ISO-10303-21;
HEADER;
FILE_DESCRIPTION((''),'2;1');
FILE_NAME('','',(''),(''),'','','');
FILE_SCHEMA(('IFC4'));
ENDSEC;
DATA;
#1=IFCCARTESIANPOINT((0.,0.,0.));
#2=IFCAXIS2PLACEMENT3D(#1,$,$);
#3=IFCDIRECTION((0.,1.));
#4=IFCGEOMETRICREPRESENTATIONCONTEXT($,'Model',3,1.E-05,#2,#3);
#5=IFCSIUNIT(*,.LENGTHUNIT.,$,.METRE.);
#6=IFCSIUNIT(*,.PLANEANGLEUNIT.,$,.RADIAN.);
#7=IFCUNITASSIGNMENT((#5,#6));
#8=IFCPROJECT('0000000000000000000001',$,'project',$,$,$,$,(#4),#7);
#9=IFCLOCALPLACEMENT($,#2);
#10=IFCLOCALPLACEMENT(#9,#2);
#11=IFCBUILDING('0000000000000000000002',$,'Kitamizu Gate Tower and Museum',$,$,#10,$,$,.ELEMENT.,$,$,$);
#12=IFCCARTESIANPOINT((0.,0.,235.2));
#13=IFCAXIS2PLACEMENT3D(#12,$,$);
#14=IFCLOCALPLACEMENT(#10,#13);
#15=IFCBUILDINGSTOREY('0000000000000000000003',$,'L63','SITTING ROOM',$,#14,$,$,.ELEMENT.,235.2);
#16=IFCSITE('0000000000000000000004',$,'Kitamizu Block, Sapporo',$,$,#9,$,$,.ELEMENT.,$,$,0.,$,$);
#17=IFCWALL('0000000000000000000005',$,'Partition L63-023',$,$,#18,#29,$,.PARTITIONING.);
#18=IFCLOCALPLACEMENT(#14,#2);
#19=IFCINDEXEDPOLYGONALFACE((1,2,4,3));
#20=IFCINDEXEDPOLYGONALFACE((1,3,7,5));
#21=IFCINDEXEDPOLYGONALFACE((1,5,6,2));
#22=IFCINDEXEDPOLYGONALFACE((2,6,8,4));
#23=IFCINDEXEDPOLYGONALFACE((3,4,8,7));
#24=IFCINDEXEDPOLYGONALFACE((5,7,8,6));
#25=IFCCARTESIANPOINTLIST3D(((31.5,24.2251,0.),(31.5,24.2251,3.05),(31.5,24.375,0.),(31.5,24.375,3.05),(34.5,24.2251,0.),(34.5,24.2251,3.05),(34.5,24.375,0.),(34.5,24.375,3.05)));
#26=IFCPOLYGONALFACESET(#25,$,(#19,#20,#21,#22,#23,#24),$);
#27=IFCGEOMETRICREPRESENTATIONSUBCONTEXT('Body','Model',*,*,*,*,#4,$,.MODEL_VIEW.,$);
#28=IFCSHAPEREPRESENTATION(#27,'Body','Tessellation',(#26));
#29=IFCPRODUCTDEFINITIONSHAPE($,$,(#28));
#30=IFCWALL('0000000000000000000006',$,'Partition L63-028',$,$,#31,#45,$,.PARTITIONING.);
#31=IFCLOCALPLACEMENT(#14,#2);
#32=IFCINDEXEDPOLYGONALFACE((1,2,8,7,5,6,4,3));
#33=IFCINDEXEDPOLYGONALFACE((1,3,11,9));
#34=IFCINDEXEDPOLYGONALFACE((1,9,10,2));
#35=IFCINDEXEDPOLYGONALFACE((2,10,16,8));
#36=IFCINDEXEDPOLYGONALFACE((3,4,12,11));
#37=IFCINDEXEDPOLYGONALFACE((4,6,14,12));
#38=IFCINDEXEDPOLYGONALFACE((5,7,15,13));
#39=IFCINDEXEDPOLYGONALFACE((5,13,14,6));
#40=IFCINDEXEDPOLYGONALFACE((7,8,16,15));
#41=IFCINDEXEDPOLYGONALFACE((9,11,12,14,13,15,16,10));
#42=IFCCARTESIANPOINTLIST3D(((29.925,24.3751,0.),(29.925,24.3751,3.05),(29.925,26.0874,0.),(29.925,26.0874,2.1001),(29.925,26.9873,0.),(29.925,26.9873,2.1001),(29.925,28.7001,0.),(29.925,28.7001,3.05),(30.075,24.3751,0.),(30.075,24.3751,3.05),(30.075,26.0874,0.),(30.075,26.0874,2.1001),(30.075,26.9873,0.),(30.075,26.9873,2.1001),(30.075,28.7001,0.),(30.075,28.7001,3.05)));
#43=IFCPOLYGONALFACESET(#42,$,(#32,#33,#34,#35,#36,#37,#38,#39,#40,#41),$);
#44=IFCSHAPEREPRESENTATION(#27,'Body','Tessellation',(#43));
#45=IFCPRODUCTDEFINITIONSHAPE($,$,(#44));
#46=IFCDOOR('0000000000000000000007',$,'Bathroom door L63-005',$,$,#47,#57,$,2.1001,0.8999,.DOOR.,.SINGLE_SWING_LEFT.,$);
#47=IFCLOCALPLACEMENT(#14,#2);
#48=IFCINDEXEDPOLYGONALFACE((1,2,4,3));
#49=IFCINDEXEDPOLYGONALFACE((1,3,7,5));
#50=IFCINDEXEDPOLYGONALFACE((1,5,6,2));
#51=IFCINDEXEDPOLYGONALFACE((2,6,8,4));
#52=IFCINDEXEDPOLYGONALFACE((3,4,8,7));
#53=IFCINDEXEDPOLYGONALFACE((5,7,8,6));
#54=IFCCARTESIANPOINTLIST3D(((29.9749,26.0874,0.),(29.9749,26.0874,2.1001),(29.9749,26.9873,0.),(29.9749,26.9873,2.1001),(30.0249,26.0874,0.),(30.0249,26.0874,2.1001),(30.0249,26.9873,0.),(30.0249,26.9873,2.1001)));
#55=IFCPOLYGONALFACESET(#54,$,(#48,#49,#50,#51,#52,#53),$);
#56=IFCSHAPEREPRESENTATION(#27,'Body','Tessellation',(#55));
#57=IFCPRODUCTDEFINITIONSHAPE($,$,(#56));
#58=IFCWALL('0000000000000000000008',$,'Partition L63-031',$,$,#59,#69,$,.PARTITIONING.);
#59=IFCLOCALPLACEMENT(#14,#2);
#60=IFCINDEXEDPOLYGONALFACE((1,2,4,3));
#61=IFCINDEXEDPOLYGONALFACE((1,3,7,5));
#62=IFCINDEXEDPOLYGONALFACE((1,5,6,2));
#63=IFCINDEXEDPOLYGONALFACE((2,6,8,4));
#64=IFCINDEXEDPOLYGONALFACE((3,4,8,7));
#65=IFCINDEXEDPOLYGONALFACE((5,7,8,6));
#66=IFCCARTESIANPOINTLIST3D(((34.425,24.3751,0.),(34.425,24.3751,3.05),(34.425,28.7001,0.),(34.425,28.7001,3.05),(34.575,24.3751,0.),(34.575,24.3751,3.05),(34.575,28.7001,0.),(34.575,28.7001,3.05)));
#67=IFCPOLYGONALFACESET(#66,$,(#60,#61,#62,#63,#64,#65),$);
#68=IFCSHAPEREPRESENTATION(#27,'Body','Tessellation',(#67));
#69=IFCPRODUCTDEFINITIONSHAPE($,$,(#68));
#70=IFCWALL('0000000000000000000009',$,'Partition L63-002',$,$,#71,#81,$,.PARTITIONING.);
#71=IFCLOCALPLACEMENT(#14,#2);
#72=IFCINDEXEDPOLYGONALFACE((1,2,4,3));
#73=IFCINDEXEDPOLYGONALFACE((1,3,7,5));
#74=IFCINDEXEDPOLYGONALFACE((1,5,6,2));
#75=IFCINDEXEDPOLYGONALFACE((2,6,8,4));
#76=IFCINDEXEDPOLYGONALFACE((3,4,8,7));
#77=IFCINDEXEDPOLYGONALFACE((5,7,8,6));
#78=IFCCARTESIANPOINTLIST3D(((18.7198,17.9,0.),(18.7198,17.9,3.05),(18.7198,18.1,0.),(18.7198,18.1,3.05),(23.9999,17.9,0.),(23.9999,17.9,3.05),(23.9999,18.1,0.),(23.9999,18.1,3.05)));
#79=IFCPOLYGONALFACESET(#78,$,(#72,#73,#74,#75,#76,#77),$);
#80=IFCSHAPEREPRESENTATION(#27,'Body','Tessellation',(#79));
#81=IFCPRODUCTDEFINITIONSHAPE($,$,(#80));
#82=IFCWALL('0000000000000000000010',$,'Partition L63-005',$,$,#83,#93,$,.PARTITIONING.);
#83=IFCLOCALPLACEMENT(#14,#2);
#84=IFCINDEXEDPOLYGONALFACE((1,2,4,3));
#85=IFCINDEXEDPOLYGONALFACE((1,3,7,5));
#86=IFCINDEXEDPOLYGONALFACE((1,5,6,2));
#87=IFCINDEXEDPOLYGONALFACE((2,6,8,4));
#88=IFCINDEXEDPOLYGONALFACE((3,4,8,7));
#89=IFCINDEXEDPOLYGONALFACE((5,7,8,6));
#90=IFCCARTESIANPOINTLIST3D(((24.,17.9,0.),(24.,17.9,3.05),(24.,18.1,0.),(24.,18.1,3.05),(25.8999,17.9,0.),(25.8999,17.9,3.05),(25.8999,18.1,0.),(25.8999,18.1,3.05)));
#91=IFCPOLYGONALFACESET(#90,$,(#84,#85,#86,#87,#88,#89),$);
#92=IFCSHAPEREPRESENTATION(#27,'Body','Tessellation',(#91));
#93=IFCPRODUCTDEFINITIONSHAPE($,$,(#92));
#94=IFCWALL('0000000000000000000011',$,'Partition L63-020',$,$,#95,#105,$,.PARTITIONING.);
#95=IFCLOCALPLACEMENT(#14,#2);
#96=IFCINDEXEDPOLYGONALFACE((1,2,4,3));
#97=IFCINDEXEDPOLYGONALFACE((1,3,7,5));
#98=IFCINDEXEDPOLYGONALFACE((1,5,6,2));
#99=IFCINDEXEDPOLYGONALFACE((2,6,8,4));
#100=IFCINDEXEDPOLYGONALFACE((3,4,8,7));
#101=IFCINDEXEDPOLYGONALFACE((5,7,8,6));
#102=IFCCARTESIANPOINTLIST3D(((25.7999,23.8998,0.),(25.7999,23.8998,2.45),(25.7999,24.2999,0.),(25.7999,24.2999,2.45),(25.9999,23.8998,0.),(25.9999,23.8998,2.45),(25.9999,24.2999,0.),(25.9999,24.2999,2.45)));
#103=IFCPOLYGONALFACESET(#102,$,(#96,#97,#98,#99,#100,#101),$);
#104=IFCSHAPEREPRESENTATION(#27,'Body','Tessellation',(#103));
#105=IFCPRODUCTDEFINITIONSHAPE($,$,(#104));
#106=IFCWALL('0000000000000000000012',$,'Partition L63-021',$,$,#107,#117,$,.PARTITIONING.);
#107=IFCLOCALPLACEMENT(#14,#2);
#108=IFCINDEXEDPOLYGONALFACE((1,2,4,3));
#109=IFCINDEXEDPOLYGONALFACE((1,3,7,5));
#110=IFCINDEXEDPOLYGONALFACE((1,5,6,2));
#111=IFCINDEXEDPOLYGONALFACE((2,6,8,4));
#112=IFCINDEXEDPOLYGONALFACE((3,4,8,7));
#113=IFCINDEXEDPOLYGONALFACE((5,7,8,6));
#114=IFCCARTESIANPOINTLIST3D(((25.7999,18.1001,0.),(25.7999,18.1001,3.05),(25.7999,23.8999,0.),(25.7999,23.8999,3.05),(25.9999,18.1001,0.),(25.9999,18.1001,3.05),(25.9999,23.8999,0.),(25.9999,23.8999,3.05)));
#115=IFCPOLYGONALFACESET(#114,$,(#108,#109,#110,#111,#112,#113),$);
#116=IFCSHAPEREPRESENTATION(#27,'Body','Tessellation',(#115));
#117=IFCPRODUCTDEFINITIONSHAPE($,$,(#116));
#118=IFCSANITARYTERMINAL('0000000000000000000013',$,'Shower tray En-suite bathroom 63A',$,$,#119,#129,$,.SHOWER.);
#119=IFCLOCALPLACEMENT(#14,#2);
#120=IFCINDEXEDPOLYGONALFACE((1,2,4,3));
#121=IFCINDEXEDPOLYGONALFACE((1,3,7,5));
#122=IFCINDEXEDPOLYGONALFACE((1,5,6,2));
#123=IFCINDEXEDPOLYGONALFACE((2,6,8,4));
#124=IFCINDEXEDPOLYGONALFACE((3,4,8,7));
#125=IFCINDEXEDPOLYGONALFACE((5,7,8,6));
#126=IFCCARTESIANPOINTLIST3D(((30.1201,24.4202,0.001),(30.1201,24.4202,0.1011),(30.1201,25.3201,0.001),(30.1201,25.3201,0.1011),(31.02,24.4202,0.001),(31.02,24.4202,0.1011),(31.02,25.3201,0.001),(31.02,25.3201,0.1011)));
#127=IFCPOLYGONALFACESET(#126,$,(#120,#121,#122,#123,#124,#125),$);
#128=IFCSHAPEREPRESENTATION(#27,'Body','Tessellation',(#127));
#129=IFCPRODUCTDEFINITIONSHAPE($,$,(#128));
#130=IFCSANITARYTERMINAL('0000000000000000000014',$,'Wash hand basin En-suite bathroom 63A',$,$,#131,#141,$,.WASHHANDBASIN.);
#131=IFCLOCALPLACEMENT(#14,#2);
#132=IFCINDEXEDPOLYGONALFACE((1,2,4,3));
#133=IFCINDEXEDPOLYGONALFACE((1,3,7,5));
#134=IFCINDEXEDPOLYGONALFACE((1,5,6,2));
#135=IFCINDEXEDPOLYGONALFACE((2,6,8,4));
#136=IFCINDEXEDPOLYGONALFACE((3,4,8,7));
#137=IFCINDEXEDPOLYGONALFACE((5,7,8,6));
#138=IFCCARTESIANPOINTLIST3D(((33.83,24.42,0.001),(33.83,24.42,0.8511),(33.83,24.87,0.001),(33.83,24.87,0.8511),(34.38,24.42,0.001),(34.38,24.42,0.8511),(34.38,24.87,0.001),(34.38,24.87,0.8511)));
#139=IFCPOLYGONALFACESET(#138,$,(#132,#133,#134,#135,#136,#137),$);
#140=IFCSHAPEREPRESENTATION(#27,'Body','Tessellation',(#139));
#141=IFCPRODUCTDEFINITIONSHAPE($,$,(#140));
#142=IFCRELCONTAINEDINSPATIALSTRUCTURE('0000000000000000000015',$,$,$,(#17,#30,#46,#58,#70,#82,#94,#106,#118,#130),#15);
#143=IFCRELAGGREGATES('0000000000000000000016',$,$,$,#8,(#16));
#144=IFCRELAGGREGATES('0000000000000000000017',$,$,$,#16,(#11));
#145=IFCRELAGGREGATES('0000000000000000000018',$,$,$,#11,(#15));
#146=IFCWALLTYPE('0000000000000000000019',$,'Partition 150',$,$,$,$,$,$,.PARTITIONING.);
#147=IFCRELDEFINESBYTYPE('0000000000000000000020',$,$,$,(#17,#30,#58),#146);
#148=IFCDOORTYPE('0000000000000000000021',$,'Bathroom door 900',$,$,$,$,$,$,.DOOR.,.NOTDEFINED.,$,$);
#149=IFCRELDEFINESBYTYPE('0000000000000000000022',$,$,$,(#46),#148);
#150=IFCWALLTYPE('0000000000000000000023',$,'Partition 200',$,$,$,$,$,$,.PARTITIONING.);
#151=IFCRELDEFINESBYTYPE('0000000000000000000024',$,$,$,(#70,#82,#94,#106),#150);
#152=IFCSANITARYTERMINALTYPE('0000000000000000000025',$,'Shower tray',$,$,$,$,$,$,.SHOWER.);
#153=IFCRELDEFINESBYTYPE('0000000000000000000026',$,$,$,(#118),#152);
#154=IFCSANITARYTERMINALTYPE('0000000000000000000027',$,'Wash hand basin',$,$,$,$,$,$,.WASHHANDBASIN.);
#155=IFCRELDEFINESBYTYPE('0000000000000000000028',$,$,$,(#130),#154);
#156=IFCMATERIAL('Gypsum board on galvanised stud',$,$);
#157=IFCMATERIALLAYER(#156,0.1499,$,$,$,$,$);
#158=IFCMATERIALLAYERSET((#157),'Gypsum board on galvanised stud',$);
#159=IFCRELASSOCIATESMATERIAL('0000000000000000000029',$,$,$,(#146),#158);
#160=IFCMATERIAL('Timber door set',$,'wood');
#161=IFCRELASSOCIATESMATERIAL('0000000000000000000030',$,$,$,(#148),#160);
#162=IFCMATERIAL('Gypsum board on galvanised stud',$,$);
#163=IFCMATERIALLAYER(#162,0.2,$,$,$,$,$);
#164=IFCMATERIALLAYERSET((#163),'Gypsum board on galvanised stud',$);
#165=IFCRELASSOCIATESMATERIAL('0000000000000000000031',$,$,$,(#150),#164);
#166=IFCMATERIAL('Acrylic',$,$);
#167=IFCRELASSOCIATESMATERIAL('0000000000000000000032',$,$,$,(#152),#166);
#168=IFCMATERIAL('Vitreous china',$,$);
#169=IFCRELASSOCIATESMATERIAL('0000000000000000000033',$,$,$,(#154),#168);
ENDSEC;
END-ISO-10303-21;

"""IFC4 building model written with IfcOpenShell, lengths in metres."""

from ifc_helpers import new_model, si_unit, direction, frame, frame_2d, origin, origin_2d, place, context, subcontext, project, spatial, rectangle, extrude, material, layer, layer_set, type_object, element, fill, save


model = new_model("IFC4")

# Units and contexts
model_context = context("Model", 3, precision=1e-05, world=origin(), true_north=direction((0.0, 1.0)))
body_context = subcontext(model_context, "Body", "Model", "MODEL_VIEW")
ifc_project = project(units=[si_unit("LENGTHUNIT", "METRE"), si_unit("PLANEANGLEUNIT", "RADIAN")], contexts=[model_context])

# Site, building, storey
site_placement = place(None, origin())
site = spatial("IfcSite", under=ifc_project, at=site_placement, Name="Kitamizu Block, Sapporo", CompositionType="ELEMENT", RefElevation=0.0)
building_placement = place(site_placement, origin())
building = spatial("IfcBuilding", under=site, at=building_placement, Name="Kitamizu Gate Tower and Museum", CompositionType="ELEMENT")
storey_placement = place(building_placement, frame((0.0, 0.0, 235.2)))
storey = spatial("IfcBuildingStorey", under=building, at=storey_placement, Name="L63", Description="SITTING ROOM", CompositionType="ELEMENT", Elevation=235.2)

# Wall
ifc_material_1 = material(Name="Gypsum board on galvanised stud")
ifc_layer_1 = layer(ifc_material_1, 0.1499)
ifc_layer_set_1 = layer_set([ifc_layer_1], Name="Gypsum board on galvanised stud")
wall_type_1 = type_object("IfcWallType", Name="Partition 150", PredefinedType="PARTITIONING", material=ifc_layer_set_1)
wall_1_placement = place(storey_placement, frame((34.5, 24.3, 0.0), z_axis=(0.0, 0.0, 1.0), x_axis=(-1.0, 0.0, 0.0)))
element("IfcWall", 1, at=wall_1_placement, inside=storey, type_object=wall_type_1, Name="Partition L63-023", PredefinedType="PARTITIONING", context=body_context, shape_type="SweptSolid", body=[
    extrude(rectangle(XDim=3.0, YDim=0.1499, at=frame_2d((1.5, 0.0))), origin(), (0.0, 0.0, 1.0), 3.05),
])

# Wall, opening, door
wall_2_placement = place(storey_placement, frame((30.0, 24.375, 0.0), z_axis=(0.0, 0.0, 1.0), x_axis=(0.0, 1.0, 0.0)))
wall_2 = element("IfcWall", 2, at=wall_2_placement, inside=storey, type_object=wall_type_1, Name="Partition L63-028", PredefinedType="PARTITIONING", context=body_context, shape_type="SweptSolid", body=[
    extrude(rectangle(XDim=4.325, YDim=0.1499, at=frame_2d((2.1626, 0.0))), origin(), (0.0, 0.0, 1.0), 3.05),
])
opening_1_placement = place(wall_2_placement, frame((1.7124, 0.0, 0.0)))
opening_1 = element("IfcOpeningElement", 3, at=opening_1_placement, cuts=wall_2, PredefinedType="OPENING", context=body_context, shape_type="SweptSolid", body=[
    extrude(rectangle(XDim=0.8999, YDim=2.1001, at=frame_2d((0.45, 1.05))), frame((0.0, 0.085, 0.0), z_axis=(0.0, -1.0, 0.0), x_axis=(1.0, 0.0, 0.0)), (0.0, 0.0, 1.0), 0.1699),
])
ifc_material_2 = material(Name="Timber door set", Category="wood")
door_type_1 = type_object("IfcDoorType", Name="Bathroom door 900", OperationType="NOTDEFINED", PredefinedType="DOOR", material=ifc_material_2)
door_1_placement = place(opening_1_placement, frame((0.8999, 0.0, 0.0), x_axis=(-1.0, 0.0, 0.0)))
door_1 = element("IfcDoor", 4, at=door_1_placement, inside=storey, type_object=door_type_1, Name="Bathroom door L63-005", OperationType="SINGLE_SWING_LEFT", OverallHeight=2.1001, OverallWidth=0.8999, PredefinedType="DOOR", context=body_context, shape_type="SweptSolid", body=[
    extrude(rectangle(XDim=0.8999, YDim=2.1001, at=frame_2d((0.45, 1.05))), frame((0.0, 0.0249, 0.0), z_axis=(0.0, -1.0, 0.0), x_axis=(1.0, 0.0, 0.0)), (0.0, 0.0, 1.0), 0.05),
])
fill(opening_1, door_1)

# Walls
wall_3_placement = place(storey_placement, frame((34.5, 24.375, 0.0), z_axis=(0.0, 0.0, 1.0), x_axis=(0.0, 1.0, 0.0)))
element("IfcWall", 5, at=wall_3_placement, inside=storey, type_object=wall_type_1, Name="Partition L63-031", PredefinedType="PARTITIONING", context=body_context, shape_type="SweptSolid", body=[
    extrude(rectangle(XDim=4.325, YDim=0.1499, at=frame_2d((2.1626, 0.0))), origin(), (0.0, 0.0, 1.0), 3.05),
])
ifc_material_3 = material(Name="Gypsum board on galvanised stud")
ifc_layer_2 = layer(ifc_material_3, 0.2)
ifc_layer_set_2 = layer_set([ifc_layer_2], Name="Gypsum board on galvanised stud")
wall_type_2 = type_object("IfcWallType", Name="Partition 200", PredefinedType="PARTITIONING", material=ifc_layer_set_2)
wall_4_placement = place(storey_placement, frame((24.0, 18.0, 0.0), z_axis=(0.0, 0.0, 1.0), x_axis=(-1.0, 0.0, 0.0)))
element("IfcWall", 6, at=wall_4_placement, inside=storey, type_object=wall_type_2, Name="Partition L63-002", PredefinedType="PARTITIONING", context=body_context, shape_type="SweptSolid", body=[
    extrude(rectangle(XDim=5.28, YDim=0.2, at=frame_2d((2.6401, 0.0))), origin(), (0.0, 0.0, 1.0), 3.05),
])
wall_5_placement = place(storey_placement, frame((25.8999, 18.0, 0.0), z_axis=(0.0, 0.0, 1.0), x_axis=(-1.0, 0.0, 0.0)))
element("IfcWall", 7, at=wall_5_placement, inside=storey, type_object=wall_type_2, Name="Partition L63-005", PredefinedType="PARTITIONING", context=body_context, shape_type="SweptSolid", body=[
    extrude(rectangle(XDim=1.8999, YDim=0.2, at=frame_2d((0.95, 0.0))), origin(), (0.0, 0.0, 1.0), 3.05),
])
wall_6_placement = place(storey_placement, frame((25.8999, 24.3, 0.0), z_axis=(0.0, 0.0, 1.0), x_axis=(0.0, -1.0, 0.0)))
element("IfcWall", 8, at=wall_6_placement, inside=storey, type_object=wall_type_2, Name="Partition L63-020", PredefinedType="PARTITIONING", context=body_context, shape_type="SweptSolid", body=[
    extrude(rectangle(XDim=0.4001, YDim=0.2, at=frame_2d((0.2002, 0.0))), origin(), (0.0, 0.0, 1.0), 2.45),
])
wall_7_placement = place(storey_placement, frame((25.8999, 23.8999, 0.0), z_axis=(0.0, 0.0, 1.0), x_axis=(0.0, -1.0, 0.0)))
element("IfcWall", 9, at=wall_7_placement, inside=storey, type_object=wall_type_2, Name="Partition L63-021", PredefinedType="PARTITIONING", context=body_context, shape_type="SweptSolid", body=[
    extrude(rectangle(XDim=5.7998, YDim=0.2, at=frame_2d((2.8999, 0.0))), origin(), (0.0, 0.0, 1.0), 3.05),
])

# Sanitary terminals
ifc_material_4 = material(Name="Acrylic")
sanitary_terminal_type_1 = type_object("IfcSanitaryTerminalType", Name="Shower tray", PredefinedType="SHOWER", material=ifc_material_4)
sanitary_terminal_1_placement = place(storey_placement, frame((30.5701, 24.8701, 0.001), z_axis=(0.0, 0.0, 1.0), x_axis=(1.0, 0.0, 0.0)))
element("IfcSanitaryTerminal", 10, at=sanitary_terminal_1_placement, inside=storey, type_object=sanitary_terminal_type_1, Name="Shower tray En-suite bathroom 63A", PredefinedType="SHOWER", context=body_context, shape_type="SweptSolid", body=[
    extrude(rectangle(XDim=0.8999, YDim=0.8999, at=origin_2d()), origin(), (0.0, 0.0, 1.0), 0.1001),
])
ifc_material_5 = material(Name="Vitreous china")
sanitary_terminal_type_2 = type_object("IfcSanitaryTerminalType", Name="Wash hand basin", PredefinedType="WASHHANDBASIN", material=ifc_material_5)
sanitary_terminal_2_placement = place(storey_placement, frame((34.105, 24.645, 0.001), z_axis=(0.0, 0.0, 1.0), x_axis=(1.0, 0.0, 0.0)))
element("IfcSanitaryTerminal", 11, at=sanitary_terminal_2_placement, inside=storey, type_object=sanitary_terminal_type_2, Name="Wash hand basin En-suite bathroom 63A", PredefinedType="WASHHANDBASIN", context=body_context, shape_type="SweptSolid", body=[
    extrude(rectangle(XDim=0.55, YDim=0.45, at=origin_2d()), origin(), (0.0, 0.0, 1.0), 0.8501),
])

save(model, "model.ifc")
